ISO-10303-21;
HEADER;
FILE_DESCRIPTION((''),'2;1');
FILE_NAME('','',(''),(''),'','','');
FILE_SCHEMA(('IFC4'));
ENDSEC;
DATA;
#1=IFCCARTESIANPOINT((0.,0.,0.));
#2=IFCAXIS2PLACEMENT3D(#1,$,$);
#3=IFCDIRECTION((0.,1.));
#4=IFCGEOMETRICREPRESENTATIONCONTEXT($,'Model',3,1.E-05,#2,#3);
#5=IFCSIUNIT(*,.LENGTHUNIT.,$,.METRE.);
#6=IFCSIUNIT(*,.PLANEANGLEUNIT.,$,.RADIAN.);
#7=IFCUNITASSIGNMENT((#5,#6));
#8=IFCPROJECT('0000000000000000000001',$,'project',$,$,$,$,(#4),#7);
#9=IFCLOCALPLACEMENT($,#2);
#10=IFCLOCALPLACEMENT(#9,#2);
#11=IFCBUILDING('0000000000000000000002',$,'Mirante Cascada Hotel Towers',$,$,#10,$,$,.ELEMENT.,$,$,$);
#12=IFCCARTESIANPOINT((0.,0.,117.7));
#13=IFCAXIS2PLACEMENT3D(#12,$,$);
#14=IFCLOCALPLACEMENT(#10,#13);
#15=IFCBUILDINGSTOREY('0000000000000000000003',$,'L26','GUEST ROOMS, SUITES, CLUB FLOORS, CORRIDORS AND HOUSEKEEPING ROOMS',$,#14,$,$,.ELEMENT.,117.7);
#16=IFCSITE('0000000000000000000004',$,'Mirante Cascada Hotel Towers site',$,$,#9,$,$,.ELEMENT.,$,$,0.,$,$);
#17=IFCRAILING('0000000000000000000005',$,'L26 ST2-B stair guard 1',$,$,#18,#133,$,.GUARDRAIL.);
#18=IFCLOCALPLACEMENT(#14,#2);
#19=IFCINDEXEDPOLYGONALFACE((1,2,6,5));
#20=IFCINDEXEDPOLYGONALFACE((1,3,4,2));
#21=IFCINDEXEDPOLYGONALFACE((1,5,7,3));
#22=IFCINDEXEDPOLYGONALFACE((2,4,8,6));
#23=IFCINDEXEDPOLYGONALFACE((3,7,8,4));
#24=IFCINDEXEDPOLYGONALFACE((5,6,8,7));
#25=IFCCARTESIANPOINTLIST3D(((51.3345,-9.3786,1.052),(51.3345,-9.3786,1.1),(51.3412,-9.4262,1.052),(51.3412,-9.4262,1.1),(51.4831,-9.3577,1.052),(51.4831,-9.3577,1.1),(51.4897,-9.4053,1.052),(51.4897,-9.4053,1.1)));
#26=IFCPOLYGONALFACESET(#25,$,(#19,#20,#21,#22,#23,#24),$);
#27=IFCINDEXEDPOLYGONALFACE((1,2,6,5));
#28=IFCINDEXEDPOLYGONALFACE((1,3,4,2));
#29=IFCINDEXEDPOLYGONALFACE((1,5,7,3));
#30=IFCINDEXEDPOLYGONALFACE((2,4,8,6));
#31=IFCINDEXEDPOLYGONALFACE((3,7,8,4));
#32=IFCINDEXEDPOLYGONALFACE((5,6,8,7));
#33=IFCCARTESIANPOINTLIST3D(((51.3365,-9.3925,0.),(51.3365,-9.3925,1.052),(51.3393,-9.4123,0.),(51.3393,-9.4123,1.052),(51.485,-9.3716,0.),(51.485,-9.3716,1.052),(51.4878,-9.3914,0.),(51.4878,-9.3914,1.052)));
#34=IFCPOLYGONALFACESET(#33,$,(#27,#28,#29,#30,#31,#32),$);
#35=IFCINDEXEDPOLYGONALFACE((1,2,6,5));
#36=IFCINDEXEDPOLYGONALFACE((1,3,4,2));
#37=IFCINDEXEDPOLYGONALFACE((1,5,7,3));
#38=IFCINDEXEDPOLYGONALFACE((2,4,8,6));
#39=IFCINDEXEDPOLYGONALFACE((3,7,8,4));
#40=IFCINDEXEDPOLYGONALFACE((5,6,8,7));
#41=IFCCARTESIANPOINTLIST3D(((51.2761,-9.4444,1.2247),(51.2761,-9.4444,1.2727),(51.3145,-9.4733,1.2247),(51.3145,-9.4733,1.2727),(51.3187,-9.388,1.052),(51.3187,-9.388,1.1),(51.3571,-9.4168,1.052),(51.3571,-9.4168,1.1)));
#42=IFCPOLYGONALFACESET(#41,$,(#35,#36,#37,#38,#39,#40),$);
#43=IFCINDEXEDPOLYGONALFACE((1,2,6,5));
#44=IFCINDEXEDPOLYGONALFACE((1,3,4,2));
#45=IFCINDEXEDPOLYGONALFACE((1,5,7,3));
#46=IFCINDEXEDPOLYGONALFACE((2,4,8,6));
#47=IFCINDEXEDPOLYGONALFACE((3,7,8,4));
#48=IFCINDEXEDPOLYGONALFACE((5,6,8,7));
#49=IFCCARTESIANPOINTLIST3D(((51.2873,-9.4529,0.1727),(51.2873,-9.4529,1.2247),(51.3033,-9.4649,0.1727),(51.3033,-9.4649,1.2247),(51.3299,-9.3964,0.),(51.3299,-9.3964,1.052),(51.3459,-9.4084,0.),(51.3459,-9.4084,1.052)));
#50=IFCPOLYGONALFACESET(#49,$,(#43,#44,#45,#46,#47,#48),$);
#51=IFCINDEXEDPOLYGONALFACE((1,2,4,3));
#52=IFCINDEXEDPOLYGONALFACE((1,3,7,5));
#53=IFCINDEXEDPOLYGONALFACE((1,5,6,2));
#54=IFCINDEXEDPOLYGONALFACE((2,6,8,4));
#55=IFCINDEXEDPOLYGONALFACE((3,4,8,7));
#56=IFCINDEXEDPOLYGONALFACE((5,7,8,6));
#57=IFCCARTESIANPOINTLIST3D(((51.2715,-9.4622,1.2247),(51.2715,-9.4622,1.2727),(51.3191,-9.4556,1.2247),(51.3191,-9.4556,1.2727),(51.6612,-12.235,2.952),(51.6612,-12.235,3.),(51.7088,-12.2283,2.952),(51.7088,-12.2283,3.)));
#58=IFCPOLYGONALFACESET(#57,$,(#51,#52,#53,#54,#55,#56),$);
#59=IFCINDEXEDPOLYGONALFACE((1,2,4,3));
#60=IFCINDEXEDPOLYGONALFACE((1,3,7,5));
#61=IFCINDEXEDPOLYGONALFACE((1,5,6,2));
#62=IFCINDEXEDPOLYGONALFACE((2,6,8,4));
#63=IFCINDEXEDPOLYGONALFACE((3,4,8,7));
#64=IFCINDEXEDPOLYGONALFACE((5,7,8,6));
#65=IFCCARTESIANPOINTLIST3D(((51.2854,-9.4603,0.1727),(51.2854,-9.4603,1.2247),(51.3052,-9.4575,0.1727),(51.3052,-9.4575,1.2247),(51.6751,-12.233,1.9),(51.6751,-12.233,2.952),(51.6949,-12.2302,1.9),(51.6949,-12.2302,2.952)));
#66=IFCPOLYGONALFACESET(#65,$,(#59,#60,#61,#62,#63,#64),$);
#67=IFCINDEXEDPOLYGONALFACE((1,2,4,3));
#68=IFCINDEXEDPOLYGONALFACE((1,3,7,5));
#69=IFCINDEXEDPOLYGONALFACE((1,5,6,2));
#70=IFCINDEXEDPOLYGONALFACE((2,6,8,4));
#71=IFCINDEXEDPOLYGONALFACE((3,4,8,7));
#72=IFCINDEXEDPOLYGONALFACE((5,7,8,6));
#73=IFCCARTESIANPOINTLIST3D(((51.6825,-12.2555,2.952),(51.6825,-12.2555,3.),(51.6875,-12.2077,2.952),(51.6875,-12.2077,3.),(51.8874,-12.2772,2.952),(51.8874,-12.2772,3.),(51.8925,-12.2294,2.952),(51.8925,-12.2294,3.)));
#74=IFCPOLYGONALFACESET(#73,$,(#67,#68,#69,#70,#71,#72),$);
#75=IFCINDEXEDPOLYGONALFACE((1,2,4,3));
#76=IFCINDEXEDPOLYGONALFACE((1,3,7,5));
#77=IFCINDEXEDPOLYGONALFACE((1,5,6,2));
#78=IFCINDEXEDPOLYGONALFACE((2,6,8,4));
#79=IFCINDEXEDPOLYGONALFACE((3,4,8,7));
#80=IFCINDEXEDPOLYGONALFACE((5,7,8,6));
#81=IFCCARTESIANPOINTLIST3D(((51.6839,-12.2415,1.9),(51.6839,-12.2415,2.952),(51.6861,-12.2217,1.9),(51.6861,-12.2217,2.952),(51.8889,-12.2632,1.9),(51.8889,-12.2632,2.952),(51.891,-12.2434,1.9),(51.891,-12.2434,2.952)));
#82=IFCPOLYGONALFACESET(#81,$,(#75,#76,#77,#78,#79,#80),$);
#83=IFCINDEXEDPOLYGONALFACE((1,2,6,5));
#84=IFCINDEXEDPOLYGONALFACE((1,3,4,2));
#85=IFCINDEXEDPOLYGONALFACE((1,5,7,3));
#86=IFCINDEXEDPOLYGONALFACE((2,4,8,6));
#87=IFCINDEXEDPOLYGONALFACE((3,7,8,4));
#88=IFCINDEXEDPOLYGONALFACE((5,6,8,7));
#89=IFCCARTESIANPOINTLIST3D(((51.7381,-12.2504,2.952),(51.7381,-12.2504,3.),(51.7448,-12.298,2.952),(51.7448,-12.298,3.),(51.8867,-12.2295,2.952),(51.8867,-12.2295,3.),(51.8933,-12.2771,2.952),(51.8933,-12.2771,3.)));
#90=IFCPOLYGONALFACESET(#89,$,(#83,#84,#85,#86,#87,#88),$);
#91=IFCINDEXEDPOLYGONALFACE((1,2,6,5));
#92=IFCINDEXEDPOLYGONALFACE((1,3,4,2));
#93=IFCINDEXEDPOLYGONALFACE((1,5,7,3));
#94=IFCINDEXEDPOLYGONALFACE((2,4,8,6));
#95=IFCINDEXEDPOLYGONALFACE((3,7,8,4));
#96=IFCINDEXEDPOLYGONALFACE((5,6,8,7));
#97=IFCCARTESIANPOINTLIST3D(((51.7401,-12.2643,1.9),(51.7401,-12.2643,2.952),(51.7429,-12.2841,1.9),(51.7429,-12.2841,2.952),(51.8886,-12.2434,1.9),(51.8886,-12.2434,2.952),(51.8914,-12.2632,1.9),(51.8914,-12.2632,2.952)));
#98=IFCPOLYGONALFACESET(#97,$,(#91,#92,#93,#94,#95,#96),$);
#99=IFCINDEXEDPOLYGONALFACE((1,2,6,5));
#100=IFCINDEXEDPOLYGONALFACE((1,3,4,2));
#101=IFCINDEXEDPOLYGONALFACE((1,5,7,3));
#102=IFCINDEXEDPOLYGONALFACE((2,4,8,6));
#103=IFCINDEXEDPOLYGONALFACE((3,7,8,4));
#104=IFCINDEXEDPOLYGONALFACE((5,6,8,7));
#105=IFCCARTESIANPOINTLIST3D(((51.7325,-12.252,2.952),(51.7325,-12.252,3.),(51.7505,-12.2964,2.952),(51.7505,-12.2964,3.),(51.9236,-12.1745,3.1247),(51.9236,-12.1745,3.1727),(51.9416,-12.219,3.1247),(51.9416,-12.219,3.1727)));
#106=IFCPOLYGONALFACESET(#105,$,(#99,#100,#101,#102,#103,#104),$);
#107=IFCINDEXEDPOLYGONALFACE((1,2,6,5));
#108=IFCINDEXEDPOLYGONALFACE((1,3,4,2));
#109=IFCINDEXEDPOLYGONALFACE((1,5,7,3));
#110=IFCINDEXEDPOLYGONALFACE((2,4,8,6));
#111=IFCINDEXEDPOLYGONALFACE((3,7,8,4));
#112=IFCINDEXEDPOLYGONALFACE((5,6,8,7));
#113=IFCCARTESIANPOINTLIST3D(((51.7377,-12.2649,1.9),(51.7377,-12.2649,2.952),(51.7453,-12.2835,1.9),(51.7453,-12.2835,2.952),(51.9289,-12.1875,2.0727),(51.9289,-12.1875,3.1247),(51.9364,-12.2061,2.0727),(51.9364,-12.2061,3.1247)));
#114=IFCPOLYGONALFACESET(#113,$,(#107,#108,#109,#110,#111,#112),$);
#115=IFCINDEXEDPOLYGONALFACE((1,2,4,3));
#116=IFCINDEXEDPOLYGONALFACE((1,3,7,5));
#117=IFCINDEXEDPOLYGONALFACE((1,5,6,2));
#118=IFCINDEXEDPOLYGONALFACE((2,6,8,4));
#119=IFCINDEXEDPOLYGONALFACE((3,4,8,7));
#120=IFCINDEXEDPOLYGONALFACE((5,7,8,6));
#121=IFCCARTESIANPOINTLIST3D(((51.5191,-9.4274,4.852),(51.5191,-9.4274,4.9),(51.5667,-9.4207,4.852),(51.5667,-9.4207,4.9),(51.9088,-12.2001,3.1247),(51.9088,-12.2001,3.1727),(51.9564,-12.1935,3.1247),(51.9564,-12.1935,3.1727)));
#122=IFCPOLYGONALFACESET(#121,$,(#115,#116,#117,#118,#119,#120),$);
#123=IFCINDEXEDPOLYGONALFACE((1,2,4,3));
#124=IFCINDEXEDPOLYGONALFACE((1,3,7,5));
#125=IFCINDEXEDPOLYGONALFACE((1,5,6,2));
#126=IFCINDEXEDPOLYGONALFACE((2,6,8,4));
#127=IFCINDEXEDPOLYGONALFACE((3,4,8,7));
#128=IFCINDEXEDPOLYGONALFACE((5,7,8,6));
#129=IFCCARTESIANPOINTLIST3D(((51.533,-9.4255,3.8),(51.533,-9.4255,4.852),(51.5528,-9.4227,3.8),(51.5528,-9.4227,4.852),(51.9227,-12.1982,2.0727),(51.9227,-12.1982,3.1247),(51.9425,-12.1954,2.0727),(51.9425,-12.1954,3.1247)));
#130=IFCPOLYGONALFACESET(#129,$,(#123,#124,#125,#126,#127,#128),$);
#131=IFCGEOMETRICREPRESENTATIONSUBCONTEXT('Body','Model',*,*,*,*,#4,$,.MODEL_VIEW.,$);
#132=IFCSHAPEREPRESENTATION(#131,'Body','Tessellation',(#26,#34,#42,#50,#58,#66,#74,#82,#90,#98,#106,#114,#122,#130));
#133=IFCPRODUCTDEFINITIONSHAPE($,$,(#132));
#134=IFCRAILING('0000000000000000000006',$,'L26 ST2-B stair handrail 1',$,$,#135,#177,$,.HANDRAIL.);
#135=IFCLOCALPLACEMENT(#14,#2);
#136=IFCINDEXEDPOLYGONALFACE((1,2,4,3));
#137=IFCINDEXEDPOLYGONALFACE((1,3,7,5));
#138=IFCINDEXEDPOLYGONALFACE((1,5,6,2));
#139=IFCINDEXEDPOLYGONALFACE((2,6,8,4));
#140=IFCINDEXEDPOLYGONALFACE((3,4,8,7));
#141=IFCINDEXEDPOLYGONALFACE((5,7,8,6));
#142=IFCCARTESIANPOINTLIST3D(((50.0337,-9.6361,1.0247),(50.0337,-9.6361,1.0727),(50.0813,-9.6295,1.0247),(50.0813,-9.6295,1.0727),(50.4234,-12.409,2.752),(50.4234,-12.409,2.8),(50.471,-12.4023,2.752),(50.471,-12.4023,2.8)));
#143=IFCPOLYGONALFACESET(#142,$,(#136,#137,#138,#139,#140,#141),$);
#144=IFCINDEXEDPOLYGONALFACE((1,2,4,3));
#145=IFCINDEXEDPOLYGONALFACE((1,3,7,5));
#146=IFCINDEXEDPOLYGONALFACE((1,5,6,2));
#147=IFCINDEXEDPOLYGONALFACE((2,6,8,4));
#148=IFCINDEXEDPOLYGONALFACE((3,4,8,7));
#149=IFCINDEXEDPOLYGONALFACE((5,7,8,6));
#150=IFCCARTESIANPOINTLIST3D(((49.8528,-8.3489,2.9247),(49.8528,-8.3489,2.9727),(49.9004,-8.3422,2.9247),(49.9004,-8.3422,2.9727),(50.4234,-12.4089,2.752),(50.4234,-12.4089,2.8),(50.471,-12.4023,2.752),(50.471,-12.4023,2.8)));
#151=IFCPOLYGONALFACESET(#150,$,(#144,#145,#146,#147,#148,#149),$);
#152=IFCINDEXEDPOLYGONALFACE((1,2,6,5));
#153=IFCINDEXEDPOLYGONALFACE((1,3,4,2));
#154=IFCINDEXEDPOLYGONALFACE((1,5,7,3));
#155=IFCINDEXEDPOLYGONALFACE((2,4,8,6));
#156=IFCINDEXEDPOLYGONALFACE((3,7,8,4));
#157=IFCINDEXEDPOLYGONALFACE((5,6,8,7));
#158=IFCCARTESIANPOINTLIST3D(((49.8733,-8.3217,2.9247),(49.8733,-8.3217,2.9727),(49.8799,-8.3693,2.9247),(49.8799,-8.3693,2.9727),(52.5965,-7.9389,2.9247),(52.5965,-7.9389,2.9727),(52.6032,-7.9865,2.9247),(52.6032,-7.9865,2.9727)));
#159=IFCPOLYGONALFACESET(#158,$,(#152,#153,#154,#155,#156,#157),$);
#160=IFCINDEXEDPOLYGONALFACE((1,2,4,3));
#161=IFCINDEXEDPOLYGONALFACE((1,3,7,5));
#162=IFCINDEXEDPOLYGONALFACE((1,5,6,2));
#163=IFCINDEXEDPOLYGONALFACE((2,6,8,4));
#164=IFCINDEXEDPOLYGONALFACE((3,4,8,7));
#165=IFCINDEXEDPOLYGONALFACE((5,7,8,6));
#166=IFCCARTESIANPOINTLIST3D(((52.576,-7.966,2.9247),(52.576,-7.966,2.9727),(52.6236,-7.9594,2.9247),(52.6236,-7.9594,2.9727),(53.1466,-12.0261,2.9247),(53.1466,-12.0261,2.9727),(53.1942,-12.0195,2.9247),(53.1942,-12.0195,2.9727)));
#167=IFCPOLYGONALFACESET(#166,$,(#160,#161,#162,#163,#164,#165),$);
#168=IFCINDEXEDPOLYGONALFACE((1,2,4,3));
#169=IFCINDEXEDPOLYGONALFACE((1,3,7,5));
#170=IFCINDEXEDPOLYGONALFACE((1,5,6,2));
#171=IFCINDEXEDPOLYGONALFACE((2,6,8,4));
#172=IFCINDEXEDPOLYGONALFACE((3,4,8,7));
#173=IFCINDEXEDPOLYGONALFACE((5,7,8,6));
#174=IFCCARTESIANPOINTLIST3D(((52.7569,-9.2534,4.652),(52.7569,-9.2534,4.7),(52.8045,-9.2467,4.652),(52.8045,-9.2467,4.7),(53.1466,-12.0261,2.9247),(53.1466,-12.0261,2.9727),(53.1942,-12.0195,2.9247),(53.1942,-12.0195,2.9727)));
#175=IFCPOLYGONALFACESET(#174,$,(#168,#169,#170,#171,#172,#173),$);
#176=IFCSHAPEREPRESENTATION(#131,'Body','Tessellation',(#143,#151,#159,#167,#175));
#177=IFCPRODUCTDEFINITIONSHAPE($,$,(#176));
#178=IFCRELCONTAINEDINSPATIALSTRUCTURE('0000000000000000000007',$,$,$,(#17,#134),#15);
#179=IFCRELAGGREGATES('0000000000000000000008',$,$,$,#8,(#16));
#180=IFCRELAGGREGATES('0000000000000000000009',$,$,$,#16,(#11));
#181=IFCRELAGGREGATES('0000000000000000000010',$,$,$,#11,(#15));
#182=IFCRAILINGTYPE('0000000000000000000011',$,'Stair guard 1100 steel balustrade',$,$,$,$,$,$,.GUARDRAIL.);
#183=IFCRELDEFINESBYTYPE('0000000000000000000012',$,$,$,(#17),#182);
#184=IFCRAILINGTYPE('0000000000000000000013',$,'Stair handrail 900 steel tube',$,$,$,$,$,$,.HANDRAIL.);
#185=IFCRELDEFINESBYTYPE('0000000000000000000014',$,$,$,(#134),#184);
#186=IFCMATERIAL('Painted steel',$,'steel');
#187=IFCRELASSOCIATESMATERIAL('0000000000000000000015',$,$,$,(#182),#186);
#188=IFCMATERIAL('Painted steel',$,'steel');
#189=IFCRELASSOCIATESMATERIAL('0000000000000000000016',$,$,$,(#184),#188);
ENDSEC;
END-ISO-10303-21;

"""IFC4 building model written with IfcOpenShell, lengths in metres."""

from ifc_helpers import new_model, si_unit, direction, frame, origin, origin_2d, place, context, subcontext, project, spatial, rectangle, extrude, material, type_object, element, save


model = new_model("IFC4")

# Units and contexts
model_context = context("Model", 3, precision=1e-05, world=origin(), true_north=direction((0.0, 1.0)))
body_context = subcontext(model_context, "Body", "Model", "MODEL_VIEW")
ifc_project = project(units=[si_unit("LENGTHUNIT", "METRE"), si_unit("PLANEANGLEUNIT", "RADIAN")], contexts=[model_context])

# Site, building, storey
site_placement = place(None, origin())
site = spatial("IfcSite", under=ifc_project, at=site_placement, Name="Mirante Cascada Hotel Towers site", CompositionType="ELEMENT", RefElevation=0.0)
building_placement = place(site_placement, origin())
building = spatial("IfcBuilding", under=site, at=building_placement, Name="Mirante Cascada Hotel Towers", CompositionType="ELEMENT")
storey_placement = place(building_placement, frame((0.0, 0.0, 117.7)))
storey = spatial("IfcBuildingStorey", under=building, at=storey_placement, Name="L26", Description="GUEST ROOMS, SUITES, CLUB FLOORS, CORRIDORS AND HOUSEKEEPING ROOMS", CompositionType="ELEMENT", Elevation=117.7)

# Railings
ifc_material_1 = material(Name="Painted steel", Category="steel")
railing_type_1 = type_object("IfcRailingType", Name="Stair guard 1100 steel balustrade", PredefinedType="GUARDRAIL", material=ifc_material_1)
railing_1_placement = place(storey_placement, frame((51.4864, -9.3815, 0.0)))
element("IfcRailing", 1, at=railing_1_placement, inside=storey, type_object=railing_type_1, Name="L26 ST2-B stair guard 1", PredefinedType="GUARDRAIL", context=body_context, shape_type="SweptSolid", body=[
    extrude(rectangle(XDim=0.048, YDim=0.048, at=origin_2d()), frame((0.0, 0.0, 1.076), z_axis=(-0.990241, -0.139367, 0.0), x_axis=(0.139367, -0.990241, 0.0)), (0.0, 0.0, 1.0), 0.15),
    extrude(rectangle(XDim=0.02, YDim=1.052, at=origin_2d()), frame((0.0, 0.0, 0.526), z_axis=(-0.990241, -0.139367, 0.0), x_axis=(0.139367, -0.990241, 0.0)), (0.0, 0.0, 1.0), 0.15),
    extrude(rectangle(XDim=0.048, YDim=0.048, at=origin_2d()), frame((-0.1485, -0.0209, 1.076), z_axis=(-0.602033, -0.798471, 0.0), x_axis=(0.798471, -0.602033, 0.0)), (0.0, 0.92534, 0.379139), 0.1866),
    extrude(rectangle(XDim=0.02, YDim=1.052, at=origin_2d()), frame((-0.1485, -0.0209, 0.526), z_axis=(-0.602033, -0.798471, 0.0), x_axis=(0.798471, -0.602033, 0.0)), (0.0, 0.92534, 0.379139), 0.1866),
    extrude(rectangle(XDim=0.048, YDim=0.048, at=origin_2d()), frame((-0.1911, -0.0774, 1.2487), z_axis=(0.139181, -0.990267, 0.0), x_axis=(0.990267, 0.139181, 0.0)), (0.0, 0.525035, 0.851081), 3.2899),
    extrude(rectangle(XDim=0.02, YDim=1.052, at=origin_2d()), frame((-0.1911, -0.0774, 0.6987), z_axis=(0.139181, -0.990267, 0.0), x_axis=(0.990267, 0.139181, 0.0)), (0.0, 0.525035, 0.851081), 3.2899),
    extrude(rectangle(XDim=0.048, YDim=0.048, at=origin_2d()), frame((0.1986, -2.8501, 2.976), z_axis=(0.994444, -0.105266, 0.0), x_axis=(0.105266, 0.994444, 0.0)), (0.0, 0.0, 1.0), 0.2061),
    extrude(rectangle(XDim=0.02, YDim=1.052, at=origin_2d()), frame((0.1986, -2.8501, 2.426), z_axis=(0.994444, -0.105266, 0.0), x_axis=(0.105266, 0.994444, 0.0)), (0.0, 0.0, 1.0), 0.2061),
    extrude(rectangle(XDim=0.048, YDim=0.048, at=origin_2d()), frame((0.4036, -2.8718, 2.976), z_axis=(-0.990241, -0.139367, 0.0), x_axis=(0.139367, -0.990241, 0.0)), (0.0, 0.0, 1.0), 0.15),
    extrude(rectangle(XDim=0.02, YDim=1.052, at=origin_2d()), frame((0.4036, -2.8718, 2.426), z_axis=(-0.990241, -0.139367, 0.0), x_axis=(0.139367, -0.990241, 0.0)), (0.0, 0.0, 1.0), 0.15),
    extrude(rectangle(XDim=0.048, YDim=0.048, at=origin_2d()), frame((0.2551, -2.8927, 2.976), z_axis=(0.926862, 0.375401, 0.0), x_axis=(-0.375401, 0.926862, 0.0)), (0.0, 0.642122, 0.766603), 0.269),
    extrude(rectangle(XDim=0.02, YDim=1.052, at=origin_2d()), frame((0.2551, -2.8927, 2.426), z_axis=(0.926862, 0.375401, 0.0), x_axis=(-0.375401, 0.926862, 0.0)), (0.0, 0.642122, 0.766603), 0.269),
    extrude(rectangle(XDim=0.048, YDim=0.048, at=origin_2d()), frame((0.4462, -2.8153, 3.1487), z_axis=(-0.139181, 0.990267, 0.0), x_axis=(-0.990267, -0.139181, 0.0)), (0.0, 0.525035, 0.851081), 3.2899),
    extrude(rectangle(XDim=0.02, YDim=1.052, at=origin_2d()), frame((0.4462, -2.8153, 2.5987), z_axis=(-0.139181, 0.990267, 0.0), x_axis=(-0.990267, -0.139181, 0.0)), (0.0, 0.525035, 0.851081), 3.2899),
])
ifc_material_2 = material(Name="Painted steel", Category="steel")
railing_type_2 = type_object("IfcRailingType", Name="Stair handrail 900 steel tube", PredefinedType="HANDRAIL", material=ifc_material_2)
railing_2_placement = place(storey_placement, frame((50.0575, -9.6328, 0.1727)))
element("IfcRailing", 2, at=railing_2_placement, inside=storey, type_object=railing_type_2, Name="L26 ST2-B stair handrail 1", PredefinedType="HANDRAIL", context=body_context, shape_type="SweptSolid", body=[
    extrude(rectangle(XDim=0.048, YDim=0.048, at=origin_2d()), frame((0.0, 0.0, 0.876), z_axis=(0.139176, -0.990268, 0.0), x_axis=(0.990268, 0.139176, 0.0)), (0.0, 0.525021, 0.851089), 3.29),
    extrude(rectangle(XDim=0.048, YDim=0.048, at=origin_2d()), frame((0.3897, -2.7728, 2.6033), z_axis=(-0.139171, 0.990268, 0.0), x_axis=(-0.990268, -0.139171, 0.0)), (0.0, 0.042085, 0.999114), 4.1036),
    extrude(rectangle(XDim=0.048, YDim=0.048, at=origin_2d()), frame((-0.1809, 1.2873, 2.776), z_axis=(0.990264, 0.139201, 0.0), x_axis=(-0.139201, 0.990264, 0.0)), (0.0, 0.0, 1.0), 2.75),
    extrude(rectangle(XDim=0.048, YDim=0.048, at=origin_2d()), frame((2.5423, 1.6701, 2.776), z_axis=(0.139171, -0.990268, 0.0), x_axis=(0.990268, 0.139171, 0.0)), (0.0, 0.0, 1.0), 4.1),
    extrude(rectangle(XDim=0.048, YDim=0.048, at=origin_2d()), frame((3.1129, -2.39, 2.776), z_axis=(-0.139181, 0.990267, 0.0), x_axis=(-0.990267, -0.139181, 0.0)), (0.0, 0.525035, 0.851081), 3.2899),
])

save(model, "model.ifc")
